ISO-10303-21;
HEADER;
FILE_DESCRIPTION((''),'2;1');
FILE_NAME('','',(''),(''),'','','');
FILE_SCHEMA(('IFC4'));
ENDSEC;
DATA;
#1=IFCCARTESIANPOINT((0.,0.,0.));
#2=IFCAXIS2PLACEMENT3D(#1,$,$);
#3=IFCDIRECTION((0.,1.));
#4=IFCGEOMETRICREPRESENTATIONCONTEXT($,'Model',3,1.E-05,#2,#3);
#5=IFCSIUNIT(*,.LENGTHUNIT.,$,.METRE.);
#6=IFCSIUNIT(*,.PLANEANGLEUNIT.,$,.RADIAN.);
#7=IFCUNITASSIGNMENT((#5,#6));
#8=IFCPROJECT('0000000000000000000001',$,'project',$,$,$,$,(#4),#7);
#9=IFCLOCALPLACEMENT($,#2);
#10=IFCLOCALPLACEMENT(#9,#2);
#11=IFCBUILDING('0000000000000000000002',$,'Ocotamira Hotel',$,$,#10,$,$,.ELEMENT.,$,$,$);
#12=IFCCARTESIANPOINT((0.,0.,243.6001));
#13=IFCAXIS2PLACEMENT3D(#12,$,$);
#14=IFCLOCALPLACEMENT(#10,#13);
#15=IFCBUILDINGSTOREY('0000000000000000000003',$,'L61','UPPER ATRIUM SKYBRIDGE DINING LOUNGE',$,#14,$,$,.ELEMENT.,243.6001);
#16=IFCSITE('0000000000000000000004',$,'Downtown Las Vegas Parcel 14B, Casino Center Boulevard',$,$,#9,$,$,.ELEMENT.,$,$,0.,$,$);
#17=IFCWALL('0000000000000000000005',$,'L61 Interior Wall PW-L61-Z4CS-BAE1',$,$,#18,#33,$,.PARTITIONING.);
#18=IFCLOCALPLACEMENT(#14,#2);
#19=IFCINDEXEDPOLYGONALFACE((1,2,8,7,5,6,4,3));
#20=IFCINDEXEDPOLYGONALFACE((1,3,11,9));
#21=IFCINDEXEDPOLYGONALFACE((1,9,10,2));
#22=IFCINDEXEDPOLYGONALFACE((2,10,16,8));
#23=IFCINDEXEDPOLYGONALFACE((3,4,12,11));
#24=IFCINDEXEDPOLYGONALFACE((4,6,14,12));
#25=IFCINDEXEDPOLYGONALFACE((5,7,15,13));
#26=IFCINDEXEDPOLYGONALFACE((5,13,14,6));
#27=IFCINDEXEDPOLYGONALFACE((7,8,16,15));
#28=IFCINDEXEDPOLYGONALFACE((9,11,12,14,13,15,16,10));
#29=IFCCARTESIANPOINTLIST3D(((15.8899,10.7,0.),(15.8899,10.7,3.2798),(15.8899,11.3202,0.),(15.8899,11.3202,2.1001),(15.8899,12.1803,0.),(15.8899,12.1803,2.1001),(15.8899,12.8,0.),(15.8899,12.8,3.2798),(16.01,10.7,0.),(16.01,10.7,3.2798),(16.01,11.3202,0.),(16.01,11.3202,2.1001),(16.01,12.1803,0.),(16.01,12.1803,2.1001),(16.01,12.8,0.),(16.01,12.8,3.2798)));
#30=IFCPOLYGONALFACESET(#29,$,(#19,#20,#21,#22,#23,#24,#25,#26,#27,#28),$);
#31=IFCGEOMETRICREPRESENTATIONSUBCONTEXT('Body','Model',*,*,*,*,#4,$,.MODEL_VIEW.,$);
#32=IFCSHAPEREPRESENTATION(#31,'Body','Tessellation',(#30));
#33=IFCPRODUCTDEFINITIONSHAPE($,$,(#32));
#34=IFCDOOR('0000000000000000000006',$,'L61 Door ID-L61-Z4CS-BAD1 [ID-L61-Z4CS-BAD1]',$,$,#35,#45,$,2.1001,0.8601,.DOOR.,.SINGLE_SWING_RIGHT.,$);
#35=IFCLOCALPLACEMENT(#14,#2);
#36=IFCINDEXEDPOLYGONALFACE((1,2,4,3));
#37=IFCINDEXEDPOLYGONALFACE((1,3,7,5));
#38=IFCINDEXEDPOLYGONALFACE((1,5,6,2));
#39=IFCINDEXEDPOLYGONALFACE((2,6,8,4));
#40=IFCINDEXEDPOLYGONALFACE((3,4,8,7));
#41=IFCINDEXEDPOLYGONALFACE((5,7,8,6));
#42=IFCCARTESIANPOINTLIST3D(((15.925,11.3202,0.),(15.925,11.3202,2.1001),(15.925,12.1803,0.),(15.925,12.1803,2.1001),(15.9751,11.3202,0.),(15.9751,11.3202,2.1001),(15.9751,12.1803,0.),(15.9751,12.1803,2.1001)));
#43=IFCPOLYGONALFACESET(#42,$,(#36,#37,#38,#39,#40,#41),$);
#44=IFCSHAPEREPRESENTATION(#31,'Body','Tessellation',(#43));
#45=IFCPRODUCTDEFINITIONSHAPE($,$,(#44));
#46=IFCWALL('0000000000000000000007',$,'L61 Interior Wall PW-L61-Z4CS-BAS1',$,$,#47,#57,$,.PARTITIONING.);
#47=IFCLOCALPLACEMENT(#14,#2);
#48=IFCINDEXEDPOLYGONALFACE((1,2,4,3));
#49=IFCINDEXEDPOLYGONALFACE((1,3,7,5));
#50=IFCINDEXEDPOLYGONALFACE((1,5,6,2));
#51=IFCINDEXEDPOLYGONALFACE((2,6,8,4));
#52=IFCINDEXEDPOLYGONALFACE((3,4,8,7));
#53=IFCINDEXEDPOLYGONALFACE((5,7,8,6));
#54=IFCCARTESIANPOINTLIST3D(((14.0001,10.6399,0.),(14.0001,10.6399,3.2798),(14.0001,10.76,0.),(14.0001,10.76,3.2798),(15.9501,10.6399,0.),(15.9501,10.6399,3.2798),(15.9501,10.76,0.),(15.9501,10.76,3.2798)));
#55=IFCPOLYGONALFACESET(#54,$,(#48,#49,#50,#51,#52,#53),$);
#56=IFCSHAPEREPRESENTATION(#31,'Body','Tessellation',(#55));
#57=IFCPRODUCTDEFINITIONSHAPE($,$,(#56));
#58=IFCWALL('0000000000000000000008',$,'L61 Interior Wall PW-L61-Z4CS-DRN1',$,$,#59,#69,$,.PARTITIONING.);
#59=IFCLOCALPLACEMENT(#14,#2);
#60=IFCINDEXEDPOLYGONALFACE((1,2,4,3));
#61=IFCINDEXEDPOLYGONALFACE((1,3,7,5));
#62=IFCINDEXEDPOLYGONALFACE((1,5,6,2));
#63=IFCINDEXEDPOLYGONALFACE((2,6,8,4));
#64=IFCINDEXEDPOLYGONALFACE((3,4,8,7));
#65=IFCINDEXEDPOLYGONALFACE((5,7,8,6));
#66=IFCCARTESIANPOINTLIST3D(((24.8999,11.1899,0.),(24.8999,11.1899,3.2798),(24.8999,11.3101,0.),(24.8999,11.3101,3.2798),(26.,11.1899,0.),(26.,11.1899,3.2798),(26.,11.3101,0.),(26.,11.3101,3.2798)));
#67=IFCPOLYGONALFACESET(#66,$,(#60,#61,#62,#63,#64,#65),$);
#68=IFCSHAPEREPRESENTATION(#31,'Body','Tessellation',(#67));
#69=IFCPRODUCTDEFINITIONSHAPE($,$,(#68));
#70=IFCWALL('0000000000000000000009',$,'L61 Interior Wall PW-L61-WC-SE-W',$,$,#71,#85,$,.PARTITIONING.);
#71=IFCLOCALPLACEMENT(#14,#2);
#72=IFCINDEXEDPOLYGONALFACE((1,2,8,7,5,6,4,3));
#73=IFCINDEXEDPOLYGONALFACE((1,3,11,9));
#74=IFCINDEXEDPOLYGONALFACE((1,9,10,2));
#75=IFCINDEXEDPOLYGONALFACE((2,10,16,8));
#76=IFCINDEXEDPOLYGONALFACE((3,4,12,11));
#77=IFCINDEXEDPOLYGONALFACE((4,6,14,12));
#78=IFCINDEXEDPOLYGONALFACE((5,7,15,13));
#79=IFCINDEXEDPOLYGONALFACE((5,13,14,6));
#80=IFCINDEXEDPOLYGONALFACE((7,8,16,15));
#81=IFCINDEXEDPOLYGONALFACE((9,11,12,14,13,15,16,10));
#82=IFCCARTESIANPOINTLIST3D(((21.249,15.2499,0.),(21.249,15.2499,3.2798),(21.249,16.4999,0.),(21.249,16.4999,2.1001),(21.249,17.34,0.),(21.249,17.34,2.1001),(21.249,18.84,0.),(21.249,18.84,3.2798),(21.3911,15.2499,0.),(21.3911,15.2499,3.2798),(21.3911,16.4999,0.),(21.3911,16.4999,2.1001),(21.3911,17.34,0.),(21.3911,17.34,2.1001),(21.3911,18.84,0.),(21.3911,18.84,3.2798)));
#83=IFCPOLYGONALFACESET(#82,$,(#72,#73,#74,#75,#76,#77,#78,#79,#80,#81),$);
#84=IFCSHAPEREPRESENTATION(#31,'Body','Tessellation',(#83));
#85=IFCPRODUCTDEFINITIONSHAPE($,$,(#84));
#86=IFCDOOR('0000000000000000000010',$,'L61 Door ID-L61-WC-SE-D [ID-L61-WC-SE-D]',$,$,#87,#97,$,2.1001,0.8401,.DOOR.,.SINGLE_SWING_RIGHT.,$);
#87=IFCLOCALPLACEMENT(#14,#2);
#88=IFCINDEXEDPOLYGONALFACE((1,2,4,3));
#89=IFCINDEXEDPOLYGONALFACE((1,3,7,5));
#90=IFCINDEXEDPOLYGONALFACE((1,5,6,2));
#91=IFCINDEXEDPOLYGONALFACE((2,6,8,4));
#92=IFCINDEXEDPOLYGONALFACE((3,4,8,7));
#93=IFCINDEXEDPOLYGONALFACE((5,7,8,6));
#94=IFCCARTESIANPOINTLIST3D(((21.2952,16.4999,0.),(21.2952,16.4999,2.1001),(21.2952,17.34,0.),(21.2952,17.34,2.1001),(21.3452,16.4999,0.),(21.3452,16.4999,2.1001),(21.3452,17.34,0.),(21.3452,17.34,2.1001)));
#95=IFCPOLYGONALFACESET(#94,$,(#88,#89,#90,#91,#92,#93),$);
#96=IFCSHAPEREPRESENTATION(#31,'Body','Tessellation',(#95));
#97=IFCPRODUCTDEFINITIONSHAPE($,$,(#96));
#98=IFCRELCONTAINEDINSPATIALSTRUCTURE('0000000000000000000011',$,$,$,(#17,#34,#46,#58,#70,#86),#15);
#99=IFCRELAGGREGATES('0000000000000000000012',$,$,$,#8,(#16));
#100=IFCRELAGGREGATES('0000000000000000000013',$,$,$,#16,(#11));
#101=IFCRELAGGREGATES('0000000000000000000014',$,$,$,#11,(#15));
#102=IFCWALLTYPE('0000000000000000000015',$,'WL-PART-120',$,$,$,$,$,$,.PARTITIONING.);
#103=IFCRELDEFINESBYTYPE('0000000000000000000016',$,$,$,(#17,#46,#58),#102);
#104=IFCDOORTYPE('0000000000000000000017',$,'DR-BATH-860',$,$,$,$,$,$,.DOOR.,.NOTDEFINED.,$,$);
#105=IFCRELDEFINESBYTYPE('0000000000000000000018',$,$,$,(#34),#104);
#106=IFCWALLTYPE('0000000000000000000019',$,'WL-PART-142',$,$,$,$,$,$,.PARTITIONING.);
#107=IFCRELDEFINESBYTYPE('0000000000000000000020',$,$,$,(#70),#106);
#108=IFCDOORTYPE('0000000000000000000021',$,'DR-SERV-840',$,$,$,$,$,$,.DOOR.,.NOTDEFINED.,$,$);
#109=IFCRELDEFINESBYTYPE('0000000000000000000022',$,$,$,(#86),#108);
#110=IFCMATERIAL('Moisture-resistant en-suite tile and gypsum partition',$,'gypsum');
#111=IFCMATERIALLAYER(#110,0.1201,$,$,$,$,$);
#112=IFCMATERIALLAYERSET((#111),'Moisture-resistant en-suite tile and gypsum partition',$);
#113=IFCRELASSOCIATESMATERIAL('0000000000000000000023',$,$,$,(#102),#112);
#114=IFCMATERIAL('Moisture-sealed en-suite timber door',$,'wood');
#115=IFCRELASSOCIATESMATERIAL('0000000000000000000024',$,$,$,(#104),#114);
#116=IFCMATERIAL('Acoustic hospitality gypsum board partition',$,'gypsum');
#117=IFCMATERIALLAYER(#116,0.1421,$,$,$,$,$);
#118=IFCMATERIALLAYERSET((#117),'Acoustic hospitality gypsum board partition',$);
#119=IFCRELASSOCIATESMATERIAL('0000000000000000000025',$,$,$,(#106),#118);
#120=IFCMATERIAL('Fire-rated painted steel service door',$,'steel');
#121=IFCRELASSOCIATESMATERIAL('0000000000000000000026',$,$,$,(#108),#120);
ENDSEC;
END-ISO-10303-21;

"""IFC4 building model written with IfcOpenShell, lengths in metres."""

from ifc_helpers import new_model, si_unit, direction, frame, frame_2d, origin, place, context, subcontext, project, spatial, rectangle, extrude, source, transform, mapped, material, layer, layer_set, type_object, element, fill, save


model = new_model("IFC4")

# Units and contexts
model_context = context("Model", 3, precision=1e-05, world=origin(), true_north=direction((0.0, 1.0)))
body_context = subcontext(model_context, "Body", "Model", "MODEL_VIEW")
ifc_project = project(units=[si_unit("LENGTHUNIT", "METRE"), si_unit("PLANEANGLEUNIT", "RADIAN")], contexts=[model_context])

# Site, building, storey
site_placement = place(None, origin())
site = spatial("IfcSite", under=ifc_project, at=site_placement, Name="Downtown Las Vegas Parcel 14B, Casino Center Boulevard", CompositionType="ELEMENT", RefElevation=0.0)
building_placement = place(site_placement, origin())
building = spatial("IfcBuilding", under=site, at=building_placement, Name="Ocotamira Hotel", CompositionType="ELEMENT")
storey_placement = place(building_placement, frame((0.0, 0.0, 243.6001)))
storey = spatial("IfcBuildingStorey", under=building, at=storey_placement, Name="L61", Description="UPPER ATRIUM SKYBRIDGE DINING LOUNGE", CompositionType="ELEMENT", Elevation=243.6001)

# Wall, opening, door
ifc_material_1 = material(Name="Moisture-resistant en-suite tile and gypsum partition", Category="gypsum")
ifc_layer_1 = layer(ifc_material_1, 0.1201)
ifc_layer_set_1 = layer_set([ifc_layer_1], Name="Moisture-resistant en-suite tile and gypsum partition")
wall_type_1 = type_object("IfcWallType", Name="WL-PART-120", PredefinedType="PARTITIONING", material=ifc_layer_set_1)
wall_1_placement = place(storey_placement, frame((15.95, 10.7, 0.0), z_axis=(0.0, 0.0, 1.0), x_axis=(0.0, 1.0, 0.0)))
wall_1 = element("IfcWall", 1, at=wall_1_placement, inside=storey, type_object=wall_type_1, Name="L61 Interior Wall PW-L61-Z4CS-BAE1", PredefinedType="PARTITIONING", context=body_context, shape_type="SweptSolid", body=[
    extrude(rectangle(XDim=2.1001, YDim=0.1201, at=frame_2d((1.05, 0.0))), origin(), (0.0, 0.0, 1.0), 3.2798),
])
opening_1_placement = place(wall_1_placement, frame((0.6201, 0.0, 0.0)))
opening_1 = element("IfcOpeningElement", 2, at=opening_1_placement, cuts=wall_1, PredefinedType="OPENING", context=body_context, shape_type="SweptSolid", body=[
    extrude(rectangle(XDim=0.8601, YDim=2.1001, at=frame_2d((0.4302, 1.05))), frame((0.0, 0.0701, 0.0), z_axis=(0.0, -1.0, 0.0), x_axis=(1.0, 0.0, 0.0)), (0.0, 0.0, 1.0), 0.1401),
])
ifc_material_2 = material(Name="Moisture-sealed en-suite timber door", Category="wood")
door_type_1 = type_object("IfcDoorType", Name="DR-BATH-860", OperationType="NOTDEFINED", PredefinedType="DOOR", material=ifc_material_2)
shared_shape_1 = source(origin(), body_context, "Body", "SweptSolid", [
    extrude(rectangle(XDim=0.8601, YDim=2.1001, at=frame_2d((0.4302, 1.05))), frame((0.0, 0.0249, 0.0), z_axis=(0.0, -1.0, 0.0), x_axis=(1.0, 0.0, 0.0)), (0.0, 0.0, 1.0), 0.05),
])
door_1_placement = place(opening_1_placement, origin())
door_1 = element("IfcDoor", 3, at=door_1_placement, inside=storey, type_object=door_type_1, Name="L61 Door ID-L61-Z4CS-BAD1 [ID-L61-Z4CS-BAD1]", OperationType="SINGLE_SWING_RIGHT", OverallHeight=2.1001, OverallWidth=0.8601, PredefinedType="DOOR", context=body_context, shape_type="MappedRepresentation", body=[
    mapped(shared_shape_1, transform((0.0, 0.0, 0.0), scale=1.0)),
])
fill(opening_1, door_1)

# Walls
wall_2_placement = place(storey_placement, frame((14.0, 10.7, 0.0), z_axis=(0.0, 0.0, 1.0), x_axis=(1.0, 0.0, 0.0)))
element("IfcWall", 4, at=wall_2_placement, inside=storey, type_object=wall_type_1, Name="L61 Interior Wall PW-L61-Z4CS-BAS1", PredefinedType="PARTITIONING", context=body_context, shape_type="SweptSolid", body=[
    extrude(rectangle(XDim=1.95, YDim=0.1201, at=frame_2d((0.9751, 0.0))), origin(), (0.0, 0.0, 1.0), 3.2798),
])
wall_3_placement = place(storey_placement, frame((24.8999, 11.25, 0.0), z_axis=(0.0, 0.0, 1.0), x_axis=(1.0, 0.0, 0.0)))
element("IfcWall", 5, at=wall_3_placement, inside=storey, type_object=wall_type_1, Name="L61 Interior Wall PW-L61-Z4CS-DRN1", PredefinedType="PARTITIONING", context=body_context, shape_type="SweptSolid", body=[
    extrude(rectangle(XDim=1.1001, YDim=0.1201, at=frame_2d((0.55, 0.0))), origin(), (0.0, 0.0, 1.0), 3.2798),
])

# Wall, opening, door
ifc_material_3 = material(Name="Acoustic hospitality gypsum board partition", Category="gypsum")
ifc_layer_2 = layer(ifc_material_3, 0.1421)
ifc_layer_set_2 = layer_set([ifc_layer_2], Name="Acoustic hospitality gypsum board partition")
wall_type_2 = type_object("IfcWallType", Name="WL-PART-142", PredefinedType="PARTITIONING", material=ifc_layer_set_2)
wall_4_placement = place(storey_placement, frame((21.3201, 15.25, 0.0), z_axis=(0.0, 0.0, 1.0), x_axis=(0.0, 1.0, 0.0)))
wall_4 = element("IfcWall", 6, at=wall_4_placement, inside=storey, type_object=wall_type_2, Name="L61 Interior Wall PW-L61-WC-SE-W", PredefinedType="PARTITIONING", context=body_context, shape_type="SweptSolid", body=[
    extrude(rectangle(XDim=3.5901, YDim=0.1421, at=frame_2d((1.7949, 0.0))), origin(), (0.0, 0.0, 1.0), 3.2798),
])
opening_2_placement = place(wall_4_placement, frame((1.25, 0.0, 0.0)))
opening_2 = element("IfcOpeningElement", 7, at=opening_2_placement, cuts=wall_4, PredefinedType="OPENING", context=body_context, shape_type="SweptSolid", body=[
    extrude(rectangle(XDim=0.8401, YDim=2.1001, at=frame_2d((0.4199, 1.05))), frame((0.0, 0.0811, 0.0), z_axis=(0.0, -1.0, 0.0), x_axis=(1.0, 0.0, 0.0)), (0.0, 0.0, 1.0), 0.1621),
])
ifc_material_4 = material(Name="Fire-rated painted steel service door", Category="steel")
door_type_2 = type_object("IfcDoorType", Name="DR-SERV-840", OperationType="NOTDEFINED", PredefinedType="DOOR", material=ifc_material_4)
shared_shape_2 = source(origin(), body_context, "Body", "SweptSolid", [
    extrude(rectangle(XDim=0.8401, YDim=2.1001, at=frame_2d((0.4199, 1.05))), frame((0.0, 0.0249, 0.0), z_axis=(0.0, -1.0, 0.0), x_axis=(1.0, 0.0, 0.0)), (0.0, 0.0, 1.0), 0.05),
])
door_2_placement = place(opening_2_placement, origin())
door_2 = element("IfcDoor", 8, at=door_2_placement, inside=storey, type_object=door_type_2, Name="L61 Door ID-L61-WC-SE-D [ID-L61-WC-SE-D]", OperationType="SINGLE_SWING_RIGHT", OverallHeight=2.1001, OverallWidth=0.8401, PredefinedType="DOOR", context=body_context, shape_type="MappedRepresentation", body=[
    mapped(shared_shape_2, transform((0.0, 0.0, 0.0), scale=1.0)),
])
fill(opening_2, door_2)

save(model, "model.ifc")
